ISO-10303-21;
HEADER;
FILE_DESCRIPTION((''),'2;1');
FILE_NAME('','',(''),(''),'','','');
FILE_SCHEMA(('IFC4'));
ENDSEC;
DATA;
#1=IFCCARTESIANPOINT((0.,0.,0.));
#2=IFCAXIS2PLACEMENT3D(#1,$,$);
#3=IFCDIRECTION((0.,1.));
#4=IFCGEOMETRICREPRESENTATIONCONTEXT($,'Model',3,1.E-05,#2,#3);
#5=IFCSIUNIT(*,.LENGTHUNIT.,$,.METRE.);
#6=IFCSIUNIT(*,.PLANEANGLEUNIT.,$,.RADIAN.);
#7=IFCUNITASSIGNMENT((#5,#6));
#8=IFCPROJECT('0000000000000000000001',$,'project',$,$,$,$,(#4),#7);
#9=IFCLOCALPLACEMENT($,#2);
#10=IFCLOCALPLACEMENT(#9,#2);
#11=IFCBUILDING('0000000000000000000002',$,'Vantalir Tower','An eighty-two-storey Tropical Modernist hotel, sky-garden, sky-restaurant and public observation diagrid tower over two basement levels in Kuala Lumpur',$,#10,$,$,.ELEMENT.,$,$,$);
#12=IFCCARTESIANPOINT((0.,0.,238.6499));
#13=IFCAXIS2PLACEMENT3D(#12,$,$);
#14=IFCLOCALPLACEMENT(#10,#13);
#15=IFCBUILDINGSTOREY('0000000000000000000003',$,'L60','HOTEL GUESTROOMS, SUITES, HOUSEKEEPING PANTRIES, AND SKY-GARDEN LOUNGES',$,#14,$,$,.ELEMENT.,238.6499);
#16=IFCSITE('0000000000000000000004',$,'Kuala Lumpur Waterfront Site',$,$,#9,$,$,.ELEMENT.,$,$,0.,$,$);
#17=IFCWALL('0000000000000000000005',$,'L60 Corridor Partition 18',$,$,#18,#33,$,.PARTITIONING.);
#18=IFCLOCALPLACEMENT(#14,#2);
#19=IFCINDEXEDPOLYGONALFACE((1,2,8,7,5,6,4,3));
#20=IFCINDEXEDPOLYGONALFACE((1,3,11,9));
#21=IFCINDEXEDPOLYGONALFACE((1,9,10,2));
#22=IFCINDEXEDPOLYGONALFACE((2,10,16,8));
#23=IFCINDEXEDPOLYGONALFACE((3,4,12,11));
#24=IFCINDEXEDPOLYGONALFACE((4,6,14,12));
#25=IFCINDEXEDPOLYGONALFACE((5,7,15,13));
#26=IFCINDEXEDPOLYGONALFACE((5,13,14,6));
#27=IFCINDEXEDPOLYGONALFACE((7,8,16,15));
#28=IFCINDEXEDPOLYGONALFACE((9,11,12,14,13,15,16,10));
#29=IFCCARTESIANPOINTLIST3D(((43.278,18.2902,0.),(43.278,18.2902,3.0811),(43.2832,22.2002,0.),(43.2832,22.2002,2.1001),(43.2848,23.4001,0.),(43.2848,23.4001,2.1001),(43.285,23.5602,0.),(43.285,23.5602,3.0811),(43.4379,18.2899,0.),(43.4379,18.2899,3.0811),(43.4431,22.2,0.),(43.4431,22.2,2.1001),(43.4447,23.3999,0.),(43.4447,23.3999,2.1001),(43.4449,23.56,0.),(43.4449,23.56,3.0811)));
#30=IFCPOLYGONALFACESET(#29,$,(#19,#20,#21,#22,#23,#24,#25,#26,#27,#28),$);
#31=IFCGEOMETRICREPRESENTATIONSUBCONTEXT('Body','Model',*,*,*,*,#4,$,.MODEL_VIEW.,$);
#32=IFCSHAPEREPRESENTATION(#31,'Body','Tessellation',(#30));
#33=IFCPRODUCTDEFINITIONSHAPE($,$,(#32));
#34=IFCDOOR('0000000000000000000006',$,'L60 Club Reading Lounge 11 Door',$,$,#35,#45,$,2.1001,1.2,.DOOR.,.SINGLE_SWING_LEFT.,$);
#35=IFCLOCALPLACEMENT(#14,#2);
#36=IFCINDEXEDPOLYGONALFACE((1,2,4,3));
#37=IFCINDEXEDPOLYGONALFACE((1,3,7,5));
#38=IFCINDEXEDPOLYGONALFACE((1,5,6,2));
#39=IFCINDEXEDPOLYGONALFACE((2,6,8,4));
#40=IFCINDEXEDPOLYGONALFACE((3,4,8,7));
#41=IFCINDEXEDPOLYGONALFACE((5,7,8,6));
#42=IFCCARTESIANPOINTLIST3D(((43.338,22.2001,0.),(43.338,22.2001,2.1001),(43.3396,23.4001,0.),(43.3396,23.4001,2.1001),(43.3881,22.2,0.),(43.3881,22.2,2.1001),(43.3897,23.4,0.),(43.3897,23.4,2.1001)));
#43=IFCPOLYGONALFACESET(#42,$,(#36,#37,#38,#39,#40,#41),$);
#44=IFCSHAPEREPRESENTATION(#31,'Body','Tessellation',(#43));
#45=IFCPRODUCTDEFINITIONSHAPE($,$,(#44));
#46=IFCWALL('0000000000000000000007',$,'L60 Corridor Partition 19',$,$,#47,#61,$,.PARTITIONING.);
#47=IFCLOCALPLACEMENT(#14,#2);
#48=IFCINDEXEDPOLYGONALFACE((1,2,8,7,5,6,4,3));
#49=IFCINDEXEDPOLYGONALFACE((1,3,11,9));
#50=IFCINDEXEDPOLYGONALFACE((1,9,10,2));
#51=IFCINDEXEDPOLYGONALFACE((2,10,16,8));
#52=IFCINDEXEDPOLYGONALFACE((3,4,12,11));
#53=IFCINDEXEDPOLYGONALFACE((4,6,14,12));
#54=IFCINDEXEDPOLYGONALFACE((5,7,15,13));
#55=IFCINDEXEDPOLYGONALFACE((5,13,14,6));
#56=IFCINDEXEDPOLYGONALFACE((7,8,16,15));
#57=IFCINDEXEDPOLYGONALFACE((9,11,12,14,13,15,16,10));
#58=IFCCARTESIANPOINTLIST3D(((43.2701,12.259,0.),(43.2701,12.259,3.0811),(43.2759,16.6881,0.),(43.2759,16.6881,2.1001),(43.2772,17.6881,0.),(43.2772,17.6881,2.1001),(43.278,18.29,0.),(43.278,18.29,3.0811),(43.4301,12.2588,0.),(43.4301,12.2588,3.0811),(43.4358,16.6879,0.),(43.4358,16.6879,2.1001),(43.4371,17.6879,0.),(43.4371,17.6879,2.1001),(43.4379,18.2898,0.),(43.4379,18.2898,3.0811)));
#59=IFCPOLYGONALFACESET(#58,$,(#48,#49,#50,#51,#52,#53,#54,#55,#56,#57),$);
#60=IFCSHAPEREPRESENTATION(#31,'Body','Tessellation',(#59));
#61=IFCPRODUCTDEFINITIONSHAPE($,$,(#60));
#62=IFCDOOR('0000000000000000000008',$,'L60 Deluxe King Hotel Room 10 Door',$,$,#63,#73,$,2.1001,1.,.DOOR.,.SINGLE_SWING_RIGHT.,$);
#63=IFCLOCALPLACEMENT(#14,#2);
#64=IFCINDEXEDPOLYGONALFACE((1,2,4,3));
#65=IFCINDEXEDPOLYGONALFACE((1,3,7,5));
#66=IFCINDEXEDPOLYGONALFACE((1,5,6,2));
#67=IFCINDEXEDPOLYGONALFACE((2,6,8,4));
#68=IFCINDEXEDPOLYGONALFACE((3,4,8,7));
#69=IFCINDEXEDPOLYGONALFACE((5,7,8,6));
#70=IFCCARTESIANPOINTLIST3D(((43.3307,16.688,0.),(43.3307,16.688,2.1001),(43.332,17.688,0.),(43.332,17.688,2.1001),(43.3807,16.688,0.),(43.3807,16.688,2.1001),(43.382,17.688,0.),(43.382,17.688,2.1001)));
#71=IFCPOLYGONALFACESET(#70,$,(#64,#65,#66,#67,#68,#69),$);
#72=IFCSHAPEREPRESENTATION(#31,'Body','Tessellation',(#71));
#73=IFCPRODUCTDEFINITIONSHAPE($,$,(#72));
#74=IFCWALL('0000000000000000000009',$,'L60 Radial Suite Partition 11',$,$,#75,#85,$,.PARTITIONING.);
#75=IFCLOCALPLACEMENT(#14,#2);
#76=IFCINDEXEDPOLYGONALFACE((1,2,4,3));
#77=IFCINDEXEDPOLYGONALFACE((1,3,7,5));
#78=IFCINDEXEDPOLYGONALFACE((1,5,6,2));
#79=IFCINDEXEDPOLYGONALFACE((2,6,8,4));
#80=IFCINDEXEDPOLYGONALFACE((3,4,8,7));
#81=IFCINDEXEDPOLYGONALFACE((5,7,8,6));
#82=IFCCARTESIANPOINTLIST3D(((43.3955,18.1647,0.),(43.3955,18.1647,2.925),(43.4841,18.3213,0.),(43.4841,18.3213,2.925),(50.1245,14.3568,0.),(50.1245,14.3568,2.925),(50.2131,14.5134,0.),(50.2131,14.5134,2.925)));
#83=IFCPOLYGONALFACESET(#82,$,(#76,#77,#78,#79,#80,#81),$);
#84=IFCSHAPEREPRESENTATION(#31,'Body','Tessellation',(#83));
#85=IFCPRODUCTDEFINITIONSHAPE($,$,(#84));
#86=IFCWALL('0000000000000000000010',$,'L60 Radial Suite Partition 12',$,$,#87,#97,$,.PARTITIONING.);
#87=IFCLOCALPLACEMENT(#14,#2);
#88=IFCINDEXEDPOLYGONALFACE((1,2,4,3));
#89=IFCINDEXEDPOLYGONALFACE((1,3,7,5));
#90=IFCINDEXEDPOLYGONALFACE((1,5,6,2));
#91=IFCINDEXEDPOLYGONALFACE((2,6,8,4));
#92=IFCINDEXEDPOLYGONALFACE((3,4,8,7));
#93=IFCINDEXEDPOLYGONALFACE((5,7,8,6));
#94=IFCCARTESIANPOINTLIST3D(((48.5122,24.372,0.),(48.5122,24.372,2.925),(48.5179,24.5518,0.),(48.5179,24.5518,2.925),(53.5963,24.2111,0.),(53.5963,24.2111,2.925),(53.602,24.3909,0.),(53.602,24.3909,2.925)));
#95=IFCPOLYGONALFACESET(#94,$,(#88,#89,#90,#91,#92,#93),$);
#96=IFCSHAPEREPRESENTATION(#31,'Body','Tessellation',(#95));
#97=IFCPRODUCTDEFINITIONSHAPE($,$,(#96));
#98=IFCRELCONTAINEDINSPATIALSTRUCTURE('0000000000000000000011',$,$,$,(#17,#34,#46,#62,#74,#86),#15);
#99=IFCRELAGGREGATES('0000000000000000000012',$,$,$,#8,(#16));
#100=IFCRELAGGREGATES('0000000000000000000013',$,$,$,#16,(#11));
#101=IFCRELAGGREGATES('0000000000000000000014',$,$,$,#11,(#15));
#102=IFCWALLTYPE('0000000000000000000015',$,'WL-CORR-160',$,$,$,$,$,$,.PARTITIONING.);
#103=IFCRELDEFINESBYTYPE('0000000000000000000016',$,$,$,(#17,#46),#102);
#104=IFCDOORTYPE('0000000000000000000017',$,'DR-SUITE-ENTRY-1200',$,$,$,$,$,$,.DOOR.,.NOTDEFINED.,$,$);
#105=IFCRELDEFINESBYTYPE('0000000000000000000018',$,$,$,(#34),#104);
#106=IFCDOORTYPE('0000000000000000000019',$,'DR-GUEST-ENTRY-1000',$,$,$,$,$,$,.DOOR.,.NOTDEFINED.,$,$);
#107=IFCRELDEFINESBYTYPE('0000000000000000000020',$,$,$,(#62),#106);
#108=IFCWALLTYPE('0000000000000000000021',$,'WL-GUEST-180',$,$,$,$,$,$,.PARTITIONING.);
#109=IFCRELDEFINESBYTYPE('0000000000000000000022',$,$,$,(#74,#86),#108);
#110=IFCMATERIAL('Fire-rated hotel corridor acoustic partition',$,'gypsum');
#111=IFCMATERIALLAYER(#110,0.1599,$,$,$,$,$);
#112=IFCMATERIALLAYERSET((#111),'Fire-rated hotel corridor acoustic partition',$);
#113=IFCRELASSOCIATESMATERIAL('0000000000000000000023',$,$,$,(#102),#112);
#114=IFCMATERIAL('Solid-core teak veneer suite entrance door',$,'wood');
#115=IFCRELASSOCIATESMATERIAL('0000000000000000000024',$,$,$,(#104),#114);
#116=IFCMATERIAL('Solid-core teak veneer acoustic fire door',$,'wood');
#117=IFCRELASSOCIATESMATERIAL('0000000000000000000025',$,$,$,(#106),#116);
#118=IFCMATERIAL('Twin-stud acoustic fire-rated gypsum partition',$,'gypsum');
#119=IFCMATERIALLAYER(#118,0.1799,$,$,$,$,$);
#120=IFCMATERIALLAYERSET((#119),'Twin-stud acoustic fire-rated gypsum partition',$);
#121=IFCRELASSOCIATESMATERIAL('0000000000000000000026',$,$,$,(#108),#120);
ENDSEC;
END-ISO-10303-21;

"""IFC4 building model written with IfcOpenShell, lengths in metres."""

from ifc_helpers import new_model, si_unit, direction, frame, frame_2d, origin, place, context, subcontext, project, spatial, rectangle, extrude, material, layer, layer_set, type_object, element, fill, save


model = new_model("IFC4")

# Units and contexts
model_context = context("Model", 3, precision=1e-05, world=origin(), true_north=direction((0.0, 1.0)))
body_context = subcontext(model_context, "Body", "Model", "MODEL_VIEW")
ifc_project = project(units=[si_unit("LENGTHUNIT", "METRE"), si_unit("PLANEANGLEUNIT", "RADIAN")], contexts=[model_context])

# Site, building, storey
site_placement = place(None, origin())
site = spatial("IfcSite", under=ifc_project, at=site_placement, Name="Kuala Lumpur Waterfront Site", CompositionType="ELEMENT", RefElevation=0.0)
building_placement = place(site_placement, origin())
building = spatial("IfcBuilding", under=site, at=building_placement, Name="Vantalir Tower", Description="An eighty-two-storey Tropical Modernist hotel, sky-garden, sky-restaurant and public observation diagrid tower over two basement levels in Kuala Lumpur", CompositionType="ELEMENT")
storey_placement = place(building_placement, frame((0.0, 0.0, 238.6499)))
storey = spatial("IfcBuildingStorey", under=building, at=storey_placement, Name="L60", Description="HOTEL GUESTROOMS, SUITES, HOUSEKEEPING PANTRIES, AND SKY-GARDEN LOUNGES", CompositionType="ELEMENT", Elevation=238.6499)

# Shared definitions
ifc_material_1 = material(Name="Fire-rated hotel corridor acoustic partition", Category="gypsum")
ifc_layer_1 = layer(ifc_material_1, 0.1599)
ifc_layer_set_1 = layer_set([ifc_layer_1], Name="Fire-rated hotel corridor acoustic partition")
wall_type_1 = type_object("IfcWallType", Name="WL-CORR-160", PredefinedType="PARTITIONING", material=ifc_layer_set_1)

# Walls, openings, doors
wall_1_placement = place(storey_placement, frame((43.365, 23.5601, 0.0), z_axis=(0.0, 0.0, 1.0), x_axis=(-0.001343, -0.999999, 0.0)))
wall_1 = element("IfcWall", 1, at=wall_1_placement, inside=storey, type_object=wall_type_1, Name="L60 Corridor Partition 18", PredefinedType="PARTITIONING", context=body_context, shape_type="SweptSolid", body=[
    extrude(rectangle(XDim=5.27, YDim=0.1599, at=frame_2d((2.635, 0.0))), origin(), (0.0, 0.0, 1.0), 3.0811),
])
opening_1_placement = place(wall_1_placement, frame((0.1599, 0.0, 0.0)))
opening_1 = element("IfcOpeningElement", 2, at=opening_1_placement, cuts=wall_1, PredefinedType="OPENING", context=body_context, shape_type="SweptSolid", body=[
    extrude(rectangle(XDim=1.2, YDim=2.1001, at=frame_2d((0.6001, 1.05))), frame((0.0, 0.0898, 0.0), z_axis=(0.0, -1.0, 0.0), x_axis=(1.0, 0.0, 0.0)), (0.0, 0.0, 1.0), 0.1799),
])
ifc_material_2 = material(Name="Solid-core teak veneer suite entrance door", Category="wood")
door_type_1 = type_object("IfcDoorType", Name="DR-SUITE-ENTRY-1200", OperationType="NOTDEFINED", PredefinedType="DOOR", material=ifc_material_2)
door_1_placement = place(opening_1_placement, origin())
door_1 = element("IfcDoor", 3, at=door_1_placement, inside=storey, type_object=door_type_1, Name="L60 Club Reading Lounge 11 Door", OperationType="SINGLE_SWING_LEFT", OverallHeight=2.1001, OverallWidth=1.2, PredefinedType="DOOR", context=body_context, shape_type="SweptSolid", body=[
    extrude(rectangle(XDim=1.2, YDim=2.1001, at=frame_2d((0.6001, 1.05))), frame((0.0, 0.0249, 0.0), z_axis=(0.0, -1.0, 0.0), x_axis=(1.0, 0.0, 0.0)), (0.0, 0.0, 1.0), 0.05),
])
fill(opening_1, door_1)
wall_2_placement = place(storey_placement, frame((43.3579, 18.29, 0.0), z_axis=(0.0, 0.0, 1.0), x_axis=(-0.001295, -0.999999, 0.0)))
wall_2 = element("IfcWall", 4, at=wall_2_placement, inside=storey, type_object=wall_type_1, Name="L60 Corridor Partition 19", PredefinedType="PARTITIONING", context=body_context, shape_type="SweptSolid", body=[
    extrude(rectangle(XDim=6.031, YDim=0.1599, at=frame_2d((3.0156, 0.0))), origin(), (0.0, 0.0, 1.0), 3.0811),
])
opening_2_placement = place(wall_2_placement, frame((0.6021, 0.0, 0.0)))
opening_2 = element("IfcOpeningElement", 5, at=opening_2_placement, cuts=wall_2, PredefinedType="OPENING", context=body_context, shape_type="SweptSolid", body=[
    extrude(rectangle(XDim=1.0, YDim=2.1001, at=frame_2d((0.5, 1.05))), frame((0.0, 0.0898, 0.0), z_axis=(0.0, -1.0, 0.0), x_axis=(1.0, 0.0, 0.0)), (0.0, 0.0, 1.0), 0.1799),
])
ifc_material_3 = material(Name="Solid-core teak veneer acoustic fire door", Category="wood")
door_type_2 = type_object("IfcDoorType", Name="DR-GUEST-ENTRY-1000", OperationType="NOTDEFINED", PredefinedType="DOOR", material=ifc_material_3)
door_2_placement = place(opening_2_placement, origin())
door_2 = element("IfcDoor", 6, at=door_2_placement, inside=storey, type_object=door_type_2, Name="L60 Deluxe King Hotel Room 10 Door", OperationType="SINGLE_SWING_RIGHT", OverallHeight=2.1001, OverallWidth=1.0, PredefinedType="DOOR", context=body_context, shape_type="SweptSolid", body=[
    extrude(rectangle(XDim=1.0, YDim=2.1001, at=frame_2d((0.5, 1.05))), frame((0.0, 0.0249, 0.0), z_axis=(0.0, -1.0, 0.0), x_axis=(1.0, 0.0, 0.0)), (0.0, 0.0, 1.0), 0.05),
])
fill(opening_2, door_2)

# Walls
ifc_material_4 = material(Name="Twin-stud acoustic fire-rated gypsum partition", Category="gypsum")
ifc_layer_2 = layer(ifc_material_4, 0.1799)
ifc_layer_set_2 = layer_set([ifc_layer_2], Name="Twin-stud acoustic fire-rated gypsum partition")
wall_type_2 = type_object("IfcWallType", Name="WL-GUEST-180", PredefinedType="PARTITIONING", material=ifc_layer_set_2)
wall_3_placement = place(storey_placement, frame((43.4399, 18.2429, 0.0), z_axis=(0.0, 0.0, 1.0), x_axis=(0.870313, -0.492499, 0.0)))
element("IfcWall", 7, at=wall_3_placement, inside=storey, type_object=wall_type_2, Name="L60 Radial Suite Partition 11", PredefinedType="PARTITIONING", context=body_context, shape_type="SweptSolid", body=[
    extrude(rectangle(XDim=7.7317, YDim=0.1799, at=frame_2d((3.8657, 0.0))), origin(), (0.0, 0.0, 1.0), 2.925),
])
wall_4_placement = place(storey_placement, frame((48.5149, 24.4619, 0.0), z_axis=(0.0, 0.0, 1.0), x_axis=(0.9995, -0.031629, 0.0)))
element("IfcWall", 8, at=wall_4_placement, inside=storey, type_object=wall_type_2, Name="L60 Radial Suite Partition 12", PredefinedType="PARTITIONING", context=body_context, shape_type="SweptSolid", body=[
    extrude(rectangle(XDim=5.0867, YDim=0.1799, at=frame_2d((2.5435, 0.0))), origin(), (0.0, 0.0, 1.0), 2.925),
])

save(model, "model.ifc")
